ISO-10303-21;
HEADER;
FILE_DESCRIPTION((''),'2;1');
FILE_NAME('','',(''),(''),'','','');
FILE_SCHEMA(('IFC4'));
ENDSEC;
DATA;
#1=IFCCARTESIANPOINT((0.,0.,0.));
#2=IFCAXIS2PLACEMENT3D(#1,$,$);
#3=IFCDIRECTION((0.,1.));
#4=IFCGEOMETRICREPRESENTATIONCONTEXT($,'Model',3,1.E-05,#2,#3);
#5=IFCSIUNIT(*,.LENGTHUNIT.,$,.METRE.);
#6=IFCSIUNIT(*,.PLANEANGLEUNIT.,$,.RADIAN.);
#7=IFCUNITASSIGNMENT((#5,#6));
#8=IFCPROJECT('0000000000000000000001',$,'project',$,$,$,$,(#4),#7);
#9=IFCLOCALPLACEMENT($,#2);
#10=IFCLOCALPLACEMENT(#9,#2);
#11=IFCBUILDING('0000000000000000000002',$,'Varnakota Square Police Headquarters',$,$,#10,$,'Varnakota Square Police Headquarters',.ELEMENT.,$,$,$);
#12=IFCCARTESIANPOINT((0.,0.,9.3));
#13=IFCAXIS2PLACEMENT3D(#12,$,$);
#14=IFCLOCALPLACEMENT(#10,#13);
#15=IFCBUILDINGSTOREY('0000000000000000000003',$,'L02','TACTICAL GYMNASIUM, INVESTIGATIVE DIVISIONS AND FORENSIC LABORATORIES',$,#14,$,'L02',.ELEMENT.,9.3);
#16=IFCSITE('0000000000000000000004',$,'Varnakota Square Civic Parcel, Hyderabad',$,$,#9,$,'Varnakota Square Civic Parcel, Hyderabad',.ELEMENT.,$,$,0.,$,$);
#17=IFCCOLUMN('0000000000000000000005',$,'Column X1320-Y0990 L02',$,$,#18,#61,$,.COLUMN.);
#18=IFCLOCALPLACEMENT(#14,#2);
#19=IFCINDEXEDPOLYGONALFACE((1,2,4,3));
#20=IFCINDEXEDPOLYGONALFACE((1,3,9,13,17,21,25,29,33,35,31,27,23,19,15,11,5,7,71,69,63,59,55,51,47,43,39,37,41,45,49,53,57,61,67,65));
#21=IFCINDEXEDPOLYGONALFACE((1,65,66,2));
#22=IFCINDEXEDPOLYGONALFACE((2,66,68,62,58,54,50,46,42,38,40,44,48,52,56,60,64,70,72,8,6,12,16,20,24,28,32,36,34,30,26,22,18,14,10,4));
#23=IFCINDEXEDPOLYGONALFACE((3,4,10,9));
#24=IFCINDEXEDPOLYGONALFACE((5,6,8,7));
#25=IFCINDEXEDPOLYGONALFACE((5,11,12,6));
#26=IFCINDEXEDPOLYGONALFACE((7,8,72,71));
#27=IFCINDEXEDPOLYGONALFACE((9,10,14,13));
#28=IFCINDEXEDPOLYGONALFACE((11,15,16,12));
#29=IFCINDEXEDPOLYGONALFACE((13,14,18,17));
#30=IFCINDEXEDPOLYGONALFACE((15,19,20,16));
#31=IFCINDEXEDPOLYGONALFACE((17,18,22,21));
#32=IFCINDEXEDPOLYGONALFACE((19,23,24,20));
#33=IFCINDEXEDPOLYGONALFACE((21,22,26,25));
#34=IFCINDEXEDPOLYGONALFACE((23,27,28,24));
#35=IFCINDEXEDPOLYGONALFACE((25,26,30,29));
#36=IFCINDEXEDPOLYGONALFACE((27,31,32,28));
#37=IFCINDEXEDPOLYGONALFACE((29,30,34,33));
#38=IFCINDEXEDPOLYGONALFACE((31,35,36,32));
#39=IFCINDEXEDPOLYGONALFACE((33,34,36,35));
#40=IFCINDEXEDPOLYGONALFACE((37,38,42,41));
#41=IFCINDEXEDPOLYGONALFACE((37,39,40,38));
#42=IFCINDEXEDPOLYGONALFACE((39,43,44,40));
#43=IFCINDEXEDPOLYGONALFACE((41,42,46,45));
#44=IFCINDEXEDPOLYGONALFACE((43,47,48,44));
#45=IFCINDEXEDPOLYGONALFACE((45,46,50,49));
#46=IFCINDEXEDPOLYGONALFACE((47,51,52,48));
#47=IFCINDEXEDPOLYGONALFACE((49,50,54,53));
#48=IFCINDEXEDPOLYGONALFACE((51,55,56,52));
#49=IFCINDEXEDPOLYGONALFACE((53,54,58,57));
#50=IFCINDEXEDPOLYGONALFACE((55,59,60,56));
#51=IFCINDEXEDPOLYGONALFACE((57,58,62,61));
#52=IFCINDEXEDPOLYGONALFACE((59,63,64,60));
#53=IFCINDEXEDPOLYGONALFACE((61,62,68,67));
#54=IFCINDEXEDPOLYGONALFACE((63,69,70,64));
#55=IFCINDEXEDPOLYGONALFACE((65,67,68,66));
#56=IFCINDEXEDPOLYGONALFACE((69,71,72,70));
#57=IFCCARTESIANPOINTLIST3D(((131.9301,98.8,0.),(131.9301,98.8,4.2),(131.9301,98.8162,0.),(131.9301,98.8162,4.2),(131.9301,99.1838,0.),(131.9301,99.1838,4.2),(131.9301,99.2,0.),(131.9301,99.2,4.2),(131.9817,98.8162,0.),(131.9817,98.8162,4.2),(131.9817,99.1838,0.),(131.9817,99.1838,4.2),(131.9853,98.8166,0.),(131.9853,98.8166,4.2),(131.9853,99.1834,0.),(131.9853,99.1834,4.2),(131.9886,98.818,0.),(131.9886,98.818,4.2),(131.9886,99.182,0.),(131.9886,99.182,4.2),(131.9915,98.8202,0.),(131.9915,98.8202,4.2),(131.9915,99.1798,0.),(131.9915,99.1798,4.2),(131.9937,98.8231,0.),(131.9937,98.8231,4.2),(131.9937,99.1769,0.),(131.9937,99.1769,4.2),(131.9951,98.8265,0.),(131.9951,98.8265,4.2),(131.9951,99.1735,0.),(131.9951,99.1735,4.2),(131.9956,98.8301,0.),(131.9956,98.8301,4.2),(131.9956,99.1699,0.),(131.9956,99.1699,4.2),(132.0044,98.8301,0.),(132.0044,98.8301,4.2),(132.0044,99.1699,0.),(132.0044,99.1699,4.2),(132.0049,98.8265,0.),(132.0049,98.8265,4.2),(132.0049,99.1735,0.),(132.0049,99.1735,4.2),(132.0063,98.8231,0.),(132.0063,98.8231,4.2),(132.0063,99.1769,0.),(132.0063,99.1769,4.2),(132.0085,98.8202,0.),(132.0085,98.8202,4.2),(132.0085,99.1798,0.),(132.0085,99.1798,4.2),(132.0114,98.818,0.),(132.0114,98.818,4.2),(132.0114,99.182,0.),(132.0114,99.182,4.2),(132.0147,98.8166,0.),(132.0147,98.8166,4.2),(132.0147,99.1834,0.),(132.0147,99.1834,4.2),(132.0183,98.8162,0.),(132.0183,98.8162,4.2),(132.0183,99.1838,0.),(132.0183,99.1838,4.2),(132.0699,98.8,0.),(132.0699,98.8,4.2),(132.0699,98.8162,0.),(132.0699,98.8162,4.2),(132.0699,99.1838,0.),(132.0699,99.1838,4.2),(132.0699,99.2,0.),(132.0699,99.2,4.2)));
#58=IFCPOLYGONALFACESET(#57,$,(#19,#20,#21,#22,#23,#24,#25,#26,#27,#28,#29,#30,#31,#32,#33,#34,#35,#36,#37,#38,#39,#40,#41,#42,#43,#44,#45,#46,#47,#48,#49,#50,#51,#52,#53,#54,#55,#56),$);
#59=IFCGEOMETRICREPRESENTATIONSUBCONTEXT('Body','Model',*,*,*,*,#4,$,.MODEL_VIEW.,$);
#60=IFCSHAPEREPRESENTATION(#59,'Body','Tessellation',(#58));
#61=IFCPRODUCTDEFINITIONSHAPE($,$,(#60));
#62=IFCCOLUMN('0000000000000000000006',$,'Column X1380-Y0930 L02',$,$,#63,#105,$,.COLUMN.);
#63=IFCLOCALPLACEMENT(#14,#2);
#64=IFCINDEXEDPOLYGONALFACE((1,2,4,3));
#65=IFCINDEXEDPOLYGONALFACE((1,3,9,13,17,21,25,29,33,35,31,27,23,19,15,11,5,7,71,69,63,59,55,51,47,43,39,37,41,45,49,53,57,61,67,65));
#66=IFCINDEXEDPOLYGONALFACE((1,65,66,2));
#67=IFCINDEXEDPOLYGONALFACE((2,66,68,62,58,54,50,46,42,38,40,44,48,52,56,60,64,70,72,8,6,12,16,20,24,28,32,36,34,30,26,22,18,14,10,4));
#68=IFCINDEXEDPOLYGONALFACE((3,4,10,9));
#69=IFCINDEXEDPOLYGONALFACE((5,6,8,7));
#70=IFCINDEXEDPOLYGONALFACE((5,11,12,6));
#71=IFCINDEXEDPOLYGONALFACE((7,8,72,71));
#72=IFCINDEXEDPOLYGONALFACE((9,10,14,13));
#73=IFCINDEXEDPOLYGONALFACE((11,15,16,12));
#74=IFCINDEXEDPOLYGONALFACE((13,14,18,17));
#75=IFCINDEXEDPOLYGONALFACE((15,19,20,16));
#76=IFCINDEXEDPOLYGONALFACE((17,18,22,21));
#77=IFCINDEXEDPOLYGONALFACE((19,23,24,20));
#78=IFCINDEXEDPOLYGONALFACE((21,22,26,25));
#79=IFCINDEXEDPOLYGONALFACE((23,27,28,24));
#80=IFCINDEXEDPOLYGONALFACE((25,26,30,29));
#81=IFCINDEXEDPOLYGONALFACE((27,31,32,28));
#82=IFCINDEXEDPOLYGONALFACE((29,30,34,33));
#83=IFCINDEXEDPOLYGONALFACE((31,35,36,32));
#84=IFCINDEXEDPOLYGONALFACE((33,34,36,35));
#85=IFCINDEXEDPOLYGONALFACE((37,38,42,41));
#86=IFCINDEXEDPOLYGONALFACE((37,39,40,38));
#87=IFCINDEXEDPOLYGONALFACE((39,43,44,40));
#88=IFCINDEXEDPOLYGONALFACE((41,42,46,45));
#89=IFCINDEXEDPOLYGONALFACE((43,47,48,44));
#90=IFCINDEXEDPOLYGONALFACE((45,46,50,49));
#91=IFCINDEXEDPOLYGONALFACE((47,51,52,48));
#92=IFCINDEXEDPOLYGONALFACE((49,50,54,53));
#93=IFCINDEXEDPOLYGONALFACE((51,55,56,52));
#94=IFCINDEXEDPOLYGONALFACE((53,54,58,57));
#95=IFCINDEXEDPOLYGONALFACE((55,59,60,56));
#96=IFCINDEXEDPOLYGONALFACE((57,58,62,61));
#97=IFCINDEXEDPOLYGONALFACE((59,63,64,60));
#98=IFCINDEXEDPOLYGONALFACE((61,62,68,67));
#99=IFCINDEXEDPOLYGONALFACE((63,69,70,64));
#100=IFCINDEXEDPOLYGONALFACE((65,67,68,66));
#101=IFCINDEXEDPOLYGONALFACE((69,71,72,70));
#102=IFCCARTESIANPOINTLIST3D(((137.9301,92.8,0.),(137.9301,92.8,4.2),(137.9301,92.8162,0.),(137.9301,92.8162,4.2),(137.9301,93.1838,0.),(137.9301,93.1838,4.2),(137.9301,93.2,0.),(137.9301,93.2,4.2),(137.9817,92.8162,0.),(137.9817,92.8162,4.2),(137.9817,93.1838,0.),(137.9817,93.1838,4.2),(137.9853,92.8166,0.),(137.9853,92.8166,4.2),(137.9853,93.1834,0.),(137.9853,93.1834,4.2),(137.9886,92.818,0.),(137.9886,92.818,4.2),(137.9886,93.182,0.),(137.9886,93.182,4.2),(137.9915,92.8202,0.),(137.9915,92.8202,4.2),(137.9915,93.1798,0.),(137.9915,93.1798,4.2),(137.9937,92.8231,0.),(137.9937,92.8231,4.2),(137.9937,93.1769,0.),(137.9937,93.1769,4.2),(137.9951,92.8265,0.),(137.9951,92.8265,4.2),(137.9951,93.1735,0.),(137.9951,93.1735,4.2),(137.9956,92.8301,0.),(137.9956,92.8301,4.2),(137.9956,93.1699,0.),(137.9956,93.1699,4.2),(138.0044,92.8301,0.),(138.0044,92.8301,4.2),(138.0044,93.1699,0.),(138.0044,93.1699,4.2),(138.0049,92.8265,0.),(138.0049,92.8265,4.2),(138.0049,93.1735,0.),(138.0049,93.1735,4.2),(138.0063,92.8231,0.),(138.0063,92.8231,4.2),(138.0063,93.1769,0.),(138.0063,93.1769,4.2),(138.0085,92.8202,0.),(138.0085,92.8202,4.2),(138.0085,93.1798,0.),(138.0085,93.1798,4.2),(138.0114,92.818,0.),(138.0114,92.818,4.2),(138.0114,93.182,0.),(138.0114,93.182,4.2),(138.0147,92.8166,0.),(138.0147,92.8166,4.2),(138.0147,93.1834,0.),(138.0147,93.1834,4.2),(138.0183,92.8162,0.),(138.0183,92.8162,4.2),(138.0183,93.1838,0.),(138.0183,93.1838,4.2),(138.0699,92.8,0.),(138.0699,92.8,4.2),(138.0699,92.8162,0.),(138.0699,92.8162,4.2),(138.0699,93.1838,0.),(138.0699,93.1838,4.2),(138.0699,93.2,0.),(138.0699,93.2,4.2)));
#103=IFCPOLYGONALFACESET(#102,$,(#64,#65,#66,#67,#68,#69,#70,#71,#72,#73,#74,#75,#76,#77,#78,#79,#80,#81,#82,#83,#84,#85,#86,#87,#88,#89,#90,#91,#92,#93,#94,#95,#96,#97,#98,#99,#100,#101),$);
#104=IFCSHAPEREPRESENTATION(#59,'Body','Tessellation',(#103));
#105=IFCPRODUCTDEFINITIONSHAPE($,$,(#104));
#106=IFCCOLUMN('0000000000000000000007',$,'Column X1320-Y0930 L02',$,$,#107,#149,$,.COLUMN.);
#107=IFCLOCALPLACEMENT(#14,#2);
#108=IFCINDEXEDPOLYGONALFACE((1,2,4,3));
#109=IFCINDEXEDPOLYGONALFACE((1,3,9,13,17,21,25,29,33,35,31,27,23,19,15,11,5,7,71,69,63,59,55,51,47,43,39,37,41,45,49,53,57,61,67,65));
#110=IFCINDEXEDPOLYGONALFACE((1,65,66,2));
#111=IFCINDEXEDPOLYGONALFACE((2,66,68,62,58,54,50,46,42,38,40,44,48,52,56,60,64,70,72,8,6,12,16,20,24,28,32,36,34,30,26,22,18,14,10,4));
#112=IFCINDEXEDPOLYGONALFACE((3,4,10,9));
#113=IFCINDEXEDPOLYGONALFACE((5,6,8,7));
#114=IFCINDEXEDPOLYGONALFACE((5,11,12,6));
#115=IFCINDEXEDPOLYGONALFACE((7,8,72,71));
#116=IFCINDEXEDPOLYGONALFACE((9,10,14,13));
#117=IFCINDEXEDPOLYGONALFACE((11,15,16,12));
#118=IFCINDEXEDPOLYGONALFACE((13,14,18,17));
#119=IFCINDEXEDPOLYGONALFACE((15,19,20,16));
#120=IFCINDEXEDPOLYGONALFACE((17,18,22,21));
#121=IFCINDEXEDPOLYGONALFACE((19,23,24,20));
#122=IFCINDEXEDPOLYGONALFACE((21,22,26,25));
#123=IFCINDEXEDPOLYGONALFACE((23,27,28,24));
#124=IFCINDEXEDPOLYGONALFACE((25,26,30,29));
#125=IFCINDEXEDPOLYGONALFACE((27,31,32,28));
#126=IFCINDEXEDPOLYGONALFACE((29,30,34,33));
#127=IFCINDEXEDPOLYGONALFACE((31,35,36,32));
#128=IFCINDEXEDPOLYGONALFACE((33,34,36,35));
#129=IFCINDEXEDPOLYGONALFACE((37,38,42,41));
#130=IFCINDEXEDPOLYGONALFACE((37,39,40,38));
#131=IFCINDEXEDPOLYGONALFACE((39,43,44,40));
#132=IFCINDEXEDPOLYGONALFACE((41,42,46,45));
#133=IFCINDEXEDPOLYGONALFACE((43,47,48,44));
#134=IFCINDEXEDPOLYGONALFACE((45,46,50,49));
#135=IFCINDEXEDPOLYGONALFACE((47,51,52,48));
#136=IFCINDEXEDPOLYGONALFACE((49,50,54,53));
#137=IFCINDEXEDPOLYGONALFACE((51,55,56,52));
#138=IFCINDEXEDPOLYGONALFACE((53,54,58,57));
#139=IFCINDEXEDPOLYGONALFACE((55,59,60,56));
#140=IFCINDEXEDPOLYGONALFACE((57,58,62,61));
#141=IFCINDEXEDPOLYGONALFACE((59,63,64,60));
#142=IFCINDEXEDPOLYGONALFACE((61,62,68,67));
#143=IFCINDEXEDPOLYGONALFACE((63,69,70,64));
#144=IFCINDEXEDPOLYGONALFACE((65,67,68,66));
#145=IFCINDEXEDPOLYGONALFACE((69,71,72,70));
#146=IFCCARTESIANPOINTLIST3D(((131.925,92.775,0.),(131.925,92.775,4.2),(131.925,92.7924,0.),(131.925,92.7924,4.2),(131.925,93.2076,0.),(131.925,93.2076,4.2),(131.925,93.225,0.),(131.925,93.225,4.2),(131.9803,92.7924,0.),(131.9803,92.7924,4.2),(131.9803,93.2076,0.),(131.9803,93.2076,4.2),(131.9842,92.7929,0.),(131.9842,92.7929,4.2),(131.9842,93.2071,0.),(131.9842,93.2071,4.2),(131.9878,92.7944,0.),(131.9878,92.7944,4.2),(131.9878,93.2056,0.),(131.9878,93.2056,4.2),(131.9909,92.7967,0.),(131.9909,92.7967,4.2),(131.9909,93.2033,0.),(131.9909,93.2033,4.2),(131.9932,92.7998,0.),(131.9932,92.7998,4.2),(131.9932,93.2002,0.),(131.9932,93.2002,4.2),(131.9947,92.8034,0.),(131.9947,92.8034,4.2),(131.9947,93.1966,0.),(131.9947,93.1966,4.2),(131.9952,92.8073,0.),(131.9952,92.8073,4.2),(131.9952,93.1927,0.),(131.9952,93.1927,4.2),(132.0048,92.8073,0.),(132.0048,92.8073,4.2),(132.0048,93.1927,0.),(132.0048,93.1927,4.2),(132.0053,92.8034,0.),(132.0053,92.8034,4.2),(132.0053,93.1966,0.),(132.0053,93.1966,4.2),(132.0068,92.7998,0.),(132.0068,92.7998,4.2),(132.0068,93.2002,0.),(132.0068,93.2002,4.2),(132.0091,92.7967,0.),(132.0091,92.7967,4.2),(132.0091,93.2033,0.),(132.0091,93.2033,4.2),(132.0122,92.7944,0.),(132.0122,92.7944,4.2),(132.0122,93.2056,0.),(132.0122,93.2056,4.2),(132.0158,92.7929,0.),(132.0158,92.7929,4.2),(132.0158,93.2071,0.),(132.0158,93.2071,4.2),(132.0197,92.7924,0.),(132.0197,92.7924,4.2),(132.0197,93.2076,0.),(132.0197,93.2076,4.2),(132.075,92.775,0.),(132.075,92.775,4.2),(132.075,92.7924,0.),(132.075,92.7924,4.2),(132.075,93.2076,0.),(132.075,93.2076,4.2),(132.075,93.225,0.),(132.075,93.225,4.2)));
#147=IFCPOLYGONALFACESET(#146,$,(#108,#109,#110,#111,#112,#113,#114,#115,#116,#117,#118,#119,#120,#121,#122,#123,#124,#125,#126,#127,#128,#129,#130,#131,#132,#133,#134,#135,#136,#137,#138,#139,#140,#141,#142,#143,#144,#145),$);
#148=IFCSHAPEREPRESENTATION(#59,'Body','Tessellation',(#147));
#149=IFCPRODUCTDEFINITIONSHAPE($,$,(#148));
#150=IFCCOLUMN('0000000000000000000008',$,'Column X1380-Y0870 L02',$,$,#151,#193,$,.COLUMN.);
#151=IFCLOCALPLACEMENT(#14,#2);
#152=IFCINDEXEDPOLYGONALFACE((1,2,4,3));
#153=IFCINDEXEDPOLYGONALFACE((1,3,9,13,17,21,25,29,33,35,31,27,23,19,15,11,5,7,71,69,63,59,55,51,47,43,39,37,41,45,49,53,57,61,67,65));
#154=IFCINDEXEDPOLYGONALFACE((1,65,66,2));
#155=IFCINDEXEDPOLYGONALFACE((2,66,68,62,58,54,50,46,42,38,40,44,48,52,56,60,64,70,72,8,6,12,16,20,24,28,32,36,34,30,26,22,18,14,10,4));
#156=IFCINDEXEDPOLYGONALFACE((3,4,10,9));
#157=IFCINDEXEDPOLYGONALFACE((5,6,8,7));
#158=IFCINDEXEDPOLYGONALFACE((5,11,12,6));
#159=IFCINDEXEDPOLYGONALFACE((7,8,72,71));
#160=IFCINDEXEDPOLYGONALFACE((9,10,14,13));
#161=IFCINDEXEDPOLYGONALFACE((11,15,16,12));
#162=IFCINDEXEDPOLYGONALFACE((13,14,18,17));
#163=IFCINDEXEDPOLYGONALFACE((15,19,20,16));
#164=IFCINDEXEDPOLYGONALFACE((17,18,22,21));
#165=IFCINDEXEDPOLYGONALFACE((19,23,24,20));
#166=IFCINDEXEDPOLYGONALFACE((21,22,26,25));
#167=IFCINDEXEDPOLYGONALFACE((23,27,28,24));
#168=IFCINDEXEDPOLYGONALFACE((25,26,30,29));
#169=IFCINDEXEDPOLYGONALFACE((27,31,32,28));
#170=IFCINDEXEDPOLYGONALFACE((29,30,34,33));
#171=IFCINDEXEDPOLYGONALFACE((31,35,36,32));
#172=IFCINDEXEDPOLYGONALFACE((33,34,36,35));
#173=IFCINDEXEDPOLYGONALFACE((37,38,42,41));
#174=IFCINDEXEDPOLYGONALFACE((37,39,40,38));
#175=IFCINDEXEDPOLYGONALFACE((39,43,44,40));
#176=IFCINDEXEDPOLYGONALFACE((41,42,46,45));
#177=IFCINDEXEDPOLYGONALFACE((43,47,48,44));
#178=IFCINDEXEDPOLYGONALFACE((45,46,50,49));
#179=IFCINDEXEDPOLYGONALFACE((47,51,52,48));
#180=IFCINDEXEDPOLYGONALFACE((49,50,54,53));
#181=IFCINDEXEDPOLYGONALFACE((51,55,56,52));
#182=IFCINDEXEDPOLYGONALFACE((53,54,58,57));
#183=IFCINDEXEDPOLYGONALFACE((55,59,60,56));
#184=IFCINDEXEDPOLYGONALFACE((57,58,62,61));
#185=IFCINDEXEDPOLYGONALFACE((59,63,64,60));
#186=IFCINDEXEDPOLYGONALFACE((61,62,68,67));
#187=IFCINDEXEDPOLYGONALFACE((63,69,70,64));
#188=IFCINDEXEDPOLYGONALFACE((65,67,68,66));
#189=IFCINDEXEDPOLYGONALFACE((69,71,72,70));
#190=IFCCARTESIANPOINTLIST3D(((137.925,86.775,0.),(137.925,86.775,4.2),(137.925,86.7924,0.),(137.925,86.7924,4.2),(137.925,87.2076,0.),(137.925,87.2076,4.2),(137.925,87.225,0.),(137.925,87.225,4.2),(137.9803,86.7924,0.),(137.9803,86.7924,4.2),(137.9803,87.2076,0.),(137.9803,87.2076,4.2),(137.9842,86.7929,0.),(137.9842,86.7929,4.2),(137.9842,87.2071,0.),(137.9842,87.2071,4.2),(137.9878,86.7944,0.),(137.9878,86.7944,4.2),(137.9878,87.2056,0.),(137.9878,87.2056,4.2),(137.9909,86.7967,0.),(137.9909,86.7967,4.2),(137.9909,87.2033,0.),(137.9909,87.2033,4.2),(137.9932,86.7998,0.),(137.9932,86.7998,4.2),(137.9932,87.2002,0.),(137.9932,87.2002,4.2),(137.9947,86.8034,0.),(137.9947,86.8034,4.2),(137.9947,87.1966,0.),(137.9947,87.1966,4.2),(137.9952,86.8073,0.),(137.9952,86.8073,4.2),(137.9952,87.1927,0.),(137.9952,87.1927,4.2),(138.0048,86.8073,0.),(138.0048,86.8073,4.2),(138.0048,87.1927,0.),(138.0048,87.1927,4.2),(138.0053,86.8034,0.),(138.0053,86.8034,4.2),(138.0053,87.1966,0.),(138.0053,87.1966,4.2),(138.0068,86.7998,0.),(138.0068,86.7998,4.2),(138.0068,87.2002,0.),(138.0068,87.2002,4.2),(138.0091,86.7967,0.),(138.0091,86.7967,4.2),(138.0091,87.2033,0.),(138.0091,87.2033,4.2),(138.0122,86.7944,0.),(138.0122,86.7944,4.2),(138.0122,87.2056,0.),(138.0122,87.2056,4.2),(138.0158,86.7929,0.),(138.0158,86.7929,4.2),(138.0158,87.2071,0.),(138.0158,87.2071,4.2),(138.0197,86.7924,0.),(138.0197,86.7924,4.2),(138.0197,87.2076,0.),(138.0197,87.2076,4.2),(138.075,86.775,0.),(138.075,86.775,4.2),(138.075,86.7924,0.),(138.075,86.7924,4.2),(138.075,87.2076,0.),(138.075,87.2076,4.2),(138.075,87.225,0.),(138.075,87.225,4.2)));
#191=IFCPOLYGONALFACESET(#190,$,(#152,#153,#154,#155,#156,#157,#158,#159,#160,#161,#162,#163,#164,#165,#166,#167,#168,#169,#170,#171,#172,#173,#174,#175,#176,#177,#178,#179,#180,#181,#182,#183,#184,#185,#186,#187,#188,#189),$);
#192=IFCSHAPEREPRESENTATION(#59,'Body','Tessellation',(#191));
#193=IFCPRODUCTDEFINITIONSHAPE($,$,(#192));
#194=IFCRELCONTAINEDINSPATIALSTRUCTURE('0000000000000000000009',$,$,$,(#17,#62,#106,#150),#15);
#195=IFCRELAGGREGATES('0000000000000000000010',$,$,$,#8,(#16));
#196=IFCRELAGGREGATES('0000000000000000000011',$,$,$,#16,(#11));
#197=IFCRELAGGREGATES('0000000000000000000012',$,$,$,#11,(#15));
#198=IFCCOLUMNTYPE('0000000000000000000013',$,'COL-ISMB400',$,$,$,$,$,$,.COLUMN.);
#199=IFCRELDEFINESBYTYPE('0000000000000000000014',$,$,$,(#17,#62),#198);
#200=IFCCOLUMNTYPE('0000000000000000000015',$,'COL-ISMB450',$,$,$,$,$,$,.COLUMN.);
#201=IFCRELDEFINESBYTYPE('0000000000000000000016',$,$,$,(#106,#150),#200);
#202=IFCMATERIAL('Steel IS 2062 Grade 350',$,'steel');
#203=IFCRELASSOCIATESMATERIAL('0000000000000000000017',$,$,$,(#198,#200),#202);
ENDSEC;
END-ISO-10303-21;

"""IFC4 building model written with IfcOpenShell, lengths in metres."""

from ifc_helpers import new_model, si_unit, direction, frame, origin, origin_2d, place, context, subcontext, project, spatial, i_section, extrude, material, material_profile, profile_set, type_object, element, save


model = new_model("IFC4")

# Units and contexts
model_context = context("Model", 3, precision=1e-05, world=origin(), true_north=direction((0.0, 1.0)))
body_context = subcontext(model_context, "Body", "Model", "MODEL_VIEW")
ifc_project = project(units=[si_unit("LENGTHUNIT", "METRE"), si_unit("PLANEANGLEUNIT", "RADIAN")], contexts=[model_context])

# Site, building, storey
site_placement = place(None, origin())
site = spatial("IfcSite", under=ifc_project, at=site_placement, Name="Varnakota Square Civic Parcel, Hyderabad", LongName="Varnakota Square Civic Parcel, Hyderabad", CompositionType="ELEMENT", RefElevation=0.0)
building_placement = place(site_placement, origin())
building = spatial("IfcBuilding", under=site, at=building_placement, Name="Varnakota Square Police Headquarters", LongName="Varnakota Square Police Headquarters", CompositionType="ELEMENT")
storey_placement = place(building_placement, frame((0.0, 0.0, 9.3)))
storey = spatial("IfcBuildingStorey", under=building, at=storey_placement, Name="L02", Description="TACTICAL GYMNASIUM, INVESTIGATIVE DIVISIONS AND FORENSIC LABORATORIES", LongName="L02", CompositionType="ELEMENT", Elevation=9.3)

# Columns
ifc_material_1 = material(Name="Steel IS 2062 Grade 350", Category="steel")
ifc_material_profile_1 = material_profile(ifc_material_1, i_section(OverallWidth=0.1399, OverallDepth=0.3999, WebThickness=0.0088, FlangeThickness=0.0161, FilletRadius=0.0139, at=origin_2d()), Name="ISMB 400")
ifc_profile_set_1 = profile_set([ifc_material_profile_1], Name="Steel IS 2062 Grade 350")
column_type_1 = type_object("IfcColumnType", Name="COL-ISMB400", PredefinedType="COLUMN", material=ifc_profile_set_1)
for number, where, z_axis, x_axis, name in (
    (1, (132.0, 99.0, 0.0), (0.0, 0.0, 1.0), (1.0, 0.0, 0.0), "Column X1320-Y0990 L02"),
    (2, (138.0, 93.0, 0.0), (0.0, 0.0, 1.0), (1.0, 0.0, 0.0), "Column X1380-Y0930 L02"),
):
    element("IfcColumn", number, at=place(storey_placement, frame(where, z_axis=z_axis, x_axis=x_axis)), inside=storey, type_object=column_type_1, Name=name, PredefinedType="COLUMN", context=body_context, shape_type="SweptSolid", body=[
        extrude(i_section(OverallWidth=0.1399, OverallDepth=0.3999, WebThickness=0.0088, FlangeThickness=0.0161, FilletRadius=0.0139, at=origin_2d()), origin(), (0.0, 0.0, 1.0), 4.2),
    ])
ifc_material_profile_2 = material_profile(ifc_material_1, i_section(OverallWidth=0.1499, OverallDepth=0.45, WebThickness=0.0095, FlangeThickness=0.0173, FilletRadius=0.0149, at=origin_2d()), Name="ISMB 450")
ifc_profile_set_2 = profile_set([ifc_material_profile_2], Name="Steel IS 2062 Grade 350")
column_type_2 = type_object("IfcColumnType", Name="COL-ISMB450", PredefinedType="COLUMN", material=ifc_profile_set_2)
for number, where, z_axis, x_axis, name in (
    (3, (132.0, 93.0, 0.0), (0.0, 0.0, 1.0), (1.0, 0.0, 0.0), "Column X1320-Y0930 L02"),
    (4, (138.0, 87.0, 0.0), (0.0, 0.0, 1.0), (1.0, 0.0, 0.0), "Column X1380-Y0870 L02"),
):
    element("IfcColumn", number, at=place(storey_placement, frame(where, z_axis=z_axis, x_axis=x_axis)), inside=storey, type_object=column_type_2, Name=name, PredefinedType="COLUMN", context=body_context, shape_type="SweptSolid", body=[
        extrude(i_section(OverallWidth=0.1499, OverallDepth=0.45, WebThickness=0.0095, FlangeThickness=0.0173, FilletRadius=0.0149, at=origin_2d()), origin(), (0.0, 0.0, 1.0), 4.2),
    ])

save(model, "model.ifc")
